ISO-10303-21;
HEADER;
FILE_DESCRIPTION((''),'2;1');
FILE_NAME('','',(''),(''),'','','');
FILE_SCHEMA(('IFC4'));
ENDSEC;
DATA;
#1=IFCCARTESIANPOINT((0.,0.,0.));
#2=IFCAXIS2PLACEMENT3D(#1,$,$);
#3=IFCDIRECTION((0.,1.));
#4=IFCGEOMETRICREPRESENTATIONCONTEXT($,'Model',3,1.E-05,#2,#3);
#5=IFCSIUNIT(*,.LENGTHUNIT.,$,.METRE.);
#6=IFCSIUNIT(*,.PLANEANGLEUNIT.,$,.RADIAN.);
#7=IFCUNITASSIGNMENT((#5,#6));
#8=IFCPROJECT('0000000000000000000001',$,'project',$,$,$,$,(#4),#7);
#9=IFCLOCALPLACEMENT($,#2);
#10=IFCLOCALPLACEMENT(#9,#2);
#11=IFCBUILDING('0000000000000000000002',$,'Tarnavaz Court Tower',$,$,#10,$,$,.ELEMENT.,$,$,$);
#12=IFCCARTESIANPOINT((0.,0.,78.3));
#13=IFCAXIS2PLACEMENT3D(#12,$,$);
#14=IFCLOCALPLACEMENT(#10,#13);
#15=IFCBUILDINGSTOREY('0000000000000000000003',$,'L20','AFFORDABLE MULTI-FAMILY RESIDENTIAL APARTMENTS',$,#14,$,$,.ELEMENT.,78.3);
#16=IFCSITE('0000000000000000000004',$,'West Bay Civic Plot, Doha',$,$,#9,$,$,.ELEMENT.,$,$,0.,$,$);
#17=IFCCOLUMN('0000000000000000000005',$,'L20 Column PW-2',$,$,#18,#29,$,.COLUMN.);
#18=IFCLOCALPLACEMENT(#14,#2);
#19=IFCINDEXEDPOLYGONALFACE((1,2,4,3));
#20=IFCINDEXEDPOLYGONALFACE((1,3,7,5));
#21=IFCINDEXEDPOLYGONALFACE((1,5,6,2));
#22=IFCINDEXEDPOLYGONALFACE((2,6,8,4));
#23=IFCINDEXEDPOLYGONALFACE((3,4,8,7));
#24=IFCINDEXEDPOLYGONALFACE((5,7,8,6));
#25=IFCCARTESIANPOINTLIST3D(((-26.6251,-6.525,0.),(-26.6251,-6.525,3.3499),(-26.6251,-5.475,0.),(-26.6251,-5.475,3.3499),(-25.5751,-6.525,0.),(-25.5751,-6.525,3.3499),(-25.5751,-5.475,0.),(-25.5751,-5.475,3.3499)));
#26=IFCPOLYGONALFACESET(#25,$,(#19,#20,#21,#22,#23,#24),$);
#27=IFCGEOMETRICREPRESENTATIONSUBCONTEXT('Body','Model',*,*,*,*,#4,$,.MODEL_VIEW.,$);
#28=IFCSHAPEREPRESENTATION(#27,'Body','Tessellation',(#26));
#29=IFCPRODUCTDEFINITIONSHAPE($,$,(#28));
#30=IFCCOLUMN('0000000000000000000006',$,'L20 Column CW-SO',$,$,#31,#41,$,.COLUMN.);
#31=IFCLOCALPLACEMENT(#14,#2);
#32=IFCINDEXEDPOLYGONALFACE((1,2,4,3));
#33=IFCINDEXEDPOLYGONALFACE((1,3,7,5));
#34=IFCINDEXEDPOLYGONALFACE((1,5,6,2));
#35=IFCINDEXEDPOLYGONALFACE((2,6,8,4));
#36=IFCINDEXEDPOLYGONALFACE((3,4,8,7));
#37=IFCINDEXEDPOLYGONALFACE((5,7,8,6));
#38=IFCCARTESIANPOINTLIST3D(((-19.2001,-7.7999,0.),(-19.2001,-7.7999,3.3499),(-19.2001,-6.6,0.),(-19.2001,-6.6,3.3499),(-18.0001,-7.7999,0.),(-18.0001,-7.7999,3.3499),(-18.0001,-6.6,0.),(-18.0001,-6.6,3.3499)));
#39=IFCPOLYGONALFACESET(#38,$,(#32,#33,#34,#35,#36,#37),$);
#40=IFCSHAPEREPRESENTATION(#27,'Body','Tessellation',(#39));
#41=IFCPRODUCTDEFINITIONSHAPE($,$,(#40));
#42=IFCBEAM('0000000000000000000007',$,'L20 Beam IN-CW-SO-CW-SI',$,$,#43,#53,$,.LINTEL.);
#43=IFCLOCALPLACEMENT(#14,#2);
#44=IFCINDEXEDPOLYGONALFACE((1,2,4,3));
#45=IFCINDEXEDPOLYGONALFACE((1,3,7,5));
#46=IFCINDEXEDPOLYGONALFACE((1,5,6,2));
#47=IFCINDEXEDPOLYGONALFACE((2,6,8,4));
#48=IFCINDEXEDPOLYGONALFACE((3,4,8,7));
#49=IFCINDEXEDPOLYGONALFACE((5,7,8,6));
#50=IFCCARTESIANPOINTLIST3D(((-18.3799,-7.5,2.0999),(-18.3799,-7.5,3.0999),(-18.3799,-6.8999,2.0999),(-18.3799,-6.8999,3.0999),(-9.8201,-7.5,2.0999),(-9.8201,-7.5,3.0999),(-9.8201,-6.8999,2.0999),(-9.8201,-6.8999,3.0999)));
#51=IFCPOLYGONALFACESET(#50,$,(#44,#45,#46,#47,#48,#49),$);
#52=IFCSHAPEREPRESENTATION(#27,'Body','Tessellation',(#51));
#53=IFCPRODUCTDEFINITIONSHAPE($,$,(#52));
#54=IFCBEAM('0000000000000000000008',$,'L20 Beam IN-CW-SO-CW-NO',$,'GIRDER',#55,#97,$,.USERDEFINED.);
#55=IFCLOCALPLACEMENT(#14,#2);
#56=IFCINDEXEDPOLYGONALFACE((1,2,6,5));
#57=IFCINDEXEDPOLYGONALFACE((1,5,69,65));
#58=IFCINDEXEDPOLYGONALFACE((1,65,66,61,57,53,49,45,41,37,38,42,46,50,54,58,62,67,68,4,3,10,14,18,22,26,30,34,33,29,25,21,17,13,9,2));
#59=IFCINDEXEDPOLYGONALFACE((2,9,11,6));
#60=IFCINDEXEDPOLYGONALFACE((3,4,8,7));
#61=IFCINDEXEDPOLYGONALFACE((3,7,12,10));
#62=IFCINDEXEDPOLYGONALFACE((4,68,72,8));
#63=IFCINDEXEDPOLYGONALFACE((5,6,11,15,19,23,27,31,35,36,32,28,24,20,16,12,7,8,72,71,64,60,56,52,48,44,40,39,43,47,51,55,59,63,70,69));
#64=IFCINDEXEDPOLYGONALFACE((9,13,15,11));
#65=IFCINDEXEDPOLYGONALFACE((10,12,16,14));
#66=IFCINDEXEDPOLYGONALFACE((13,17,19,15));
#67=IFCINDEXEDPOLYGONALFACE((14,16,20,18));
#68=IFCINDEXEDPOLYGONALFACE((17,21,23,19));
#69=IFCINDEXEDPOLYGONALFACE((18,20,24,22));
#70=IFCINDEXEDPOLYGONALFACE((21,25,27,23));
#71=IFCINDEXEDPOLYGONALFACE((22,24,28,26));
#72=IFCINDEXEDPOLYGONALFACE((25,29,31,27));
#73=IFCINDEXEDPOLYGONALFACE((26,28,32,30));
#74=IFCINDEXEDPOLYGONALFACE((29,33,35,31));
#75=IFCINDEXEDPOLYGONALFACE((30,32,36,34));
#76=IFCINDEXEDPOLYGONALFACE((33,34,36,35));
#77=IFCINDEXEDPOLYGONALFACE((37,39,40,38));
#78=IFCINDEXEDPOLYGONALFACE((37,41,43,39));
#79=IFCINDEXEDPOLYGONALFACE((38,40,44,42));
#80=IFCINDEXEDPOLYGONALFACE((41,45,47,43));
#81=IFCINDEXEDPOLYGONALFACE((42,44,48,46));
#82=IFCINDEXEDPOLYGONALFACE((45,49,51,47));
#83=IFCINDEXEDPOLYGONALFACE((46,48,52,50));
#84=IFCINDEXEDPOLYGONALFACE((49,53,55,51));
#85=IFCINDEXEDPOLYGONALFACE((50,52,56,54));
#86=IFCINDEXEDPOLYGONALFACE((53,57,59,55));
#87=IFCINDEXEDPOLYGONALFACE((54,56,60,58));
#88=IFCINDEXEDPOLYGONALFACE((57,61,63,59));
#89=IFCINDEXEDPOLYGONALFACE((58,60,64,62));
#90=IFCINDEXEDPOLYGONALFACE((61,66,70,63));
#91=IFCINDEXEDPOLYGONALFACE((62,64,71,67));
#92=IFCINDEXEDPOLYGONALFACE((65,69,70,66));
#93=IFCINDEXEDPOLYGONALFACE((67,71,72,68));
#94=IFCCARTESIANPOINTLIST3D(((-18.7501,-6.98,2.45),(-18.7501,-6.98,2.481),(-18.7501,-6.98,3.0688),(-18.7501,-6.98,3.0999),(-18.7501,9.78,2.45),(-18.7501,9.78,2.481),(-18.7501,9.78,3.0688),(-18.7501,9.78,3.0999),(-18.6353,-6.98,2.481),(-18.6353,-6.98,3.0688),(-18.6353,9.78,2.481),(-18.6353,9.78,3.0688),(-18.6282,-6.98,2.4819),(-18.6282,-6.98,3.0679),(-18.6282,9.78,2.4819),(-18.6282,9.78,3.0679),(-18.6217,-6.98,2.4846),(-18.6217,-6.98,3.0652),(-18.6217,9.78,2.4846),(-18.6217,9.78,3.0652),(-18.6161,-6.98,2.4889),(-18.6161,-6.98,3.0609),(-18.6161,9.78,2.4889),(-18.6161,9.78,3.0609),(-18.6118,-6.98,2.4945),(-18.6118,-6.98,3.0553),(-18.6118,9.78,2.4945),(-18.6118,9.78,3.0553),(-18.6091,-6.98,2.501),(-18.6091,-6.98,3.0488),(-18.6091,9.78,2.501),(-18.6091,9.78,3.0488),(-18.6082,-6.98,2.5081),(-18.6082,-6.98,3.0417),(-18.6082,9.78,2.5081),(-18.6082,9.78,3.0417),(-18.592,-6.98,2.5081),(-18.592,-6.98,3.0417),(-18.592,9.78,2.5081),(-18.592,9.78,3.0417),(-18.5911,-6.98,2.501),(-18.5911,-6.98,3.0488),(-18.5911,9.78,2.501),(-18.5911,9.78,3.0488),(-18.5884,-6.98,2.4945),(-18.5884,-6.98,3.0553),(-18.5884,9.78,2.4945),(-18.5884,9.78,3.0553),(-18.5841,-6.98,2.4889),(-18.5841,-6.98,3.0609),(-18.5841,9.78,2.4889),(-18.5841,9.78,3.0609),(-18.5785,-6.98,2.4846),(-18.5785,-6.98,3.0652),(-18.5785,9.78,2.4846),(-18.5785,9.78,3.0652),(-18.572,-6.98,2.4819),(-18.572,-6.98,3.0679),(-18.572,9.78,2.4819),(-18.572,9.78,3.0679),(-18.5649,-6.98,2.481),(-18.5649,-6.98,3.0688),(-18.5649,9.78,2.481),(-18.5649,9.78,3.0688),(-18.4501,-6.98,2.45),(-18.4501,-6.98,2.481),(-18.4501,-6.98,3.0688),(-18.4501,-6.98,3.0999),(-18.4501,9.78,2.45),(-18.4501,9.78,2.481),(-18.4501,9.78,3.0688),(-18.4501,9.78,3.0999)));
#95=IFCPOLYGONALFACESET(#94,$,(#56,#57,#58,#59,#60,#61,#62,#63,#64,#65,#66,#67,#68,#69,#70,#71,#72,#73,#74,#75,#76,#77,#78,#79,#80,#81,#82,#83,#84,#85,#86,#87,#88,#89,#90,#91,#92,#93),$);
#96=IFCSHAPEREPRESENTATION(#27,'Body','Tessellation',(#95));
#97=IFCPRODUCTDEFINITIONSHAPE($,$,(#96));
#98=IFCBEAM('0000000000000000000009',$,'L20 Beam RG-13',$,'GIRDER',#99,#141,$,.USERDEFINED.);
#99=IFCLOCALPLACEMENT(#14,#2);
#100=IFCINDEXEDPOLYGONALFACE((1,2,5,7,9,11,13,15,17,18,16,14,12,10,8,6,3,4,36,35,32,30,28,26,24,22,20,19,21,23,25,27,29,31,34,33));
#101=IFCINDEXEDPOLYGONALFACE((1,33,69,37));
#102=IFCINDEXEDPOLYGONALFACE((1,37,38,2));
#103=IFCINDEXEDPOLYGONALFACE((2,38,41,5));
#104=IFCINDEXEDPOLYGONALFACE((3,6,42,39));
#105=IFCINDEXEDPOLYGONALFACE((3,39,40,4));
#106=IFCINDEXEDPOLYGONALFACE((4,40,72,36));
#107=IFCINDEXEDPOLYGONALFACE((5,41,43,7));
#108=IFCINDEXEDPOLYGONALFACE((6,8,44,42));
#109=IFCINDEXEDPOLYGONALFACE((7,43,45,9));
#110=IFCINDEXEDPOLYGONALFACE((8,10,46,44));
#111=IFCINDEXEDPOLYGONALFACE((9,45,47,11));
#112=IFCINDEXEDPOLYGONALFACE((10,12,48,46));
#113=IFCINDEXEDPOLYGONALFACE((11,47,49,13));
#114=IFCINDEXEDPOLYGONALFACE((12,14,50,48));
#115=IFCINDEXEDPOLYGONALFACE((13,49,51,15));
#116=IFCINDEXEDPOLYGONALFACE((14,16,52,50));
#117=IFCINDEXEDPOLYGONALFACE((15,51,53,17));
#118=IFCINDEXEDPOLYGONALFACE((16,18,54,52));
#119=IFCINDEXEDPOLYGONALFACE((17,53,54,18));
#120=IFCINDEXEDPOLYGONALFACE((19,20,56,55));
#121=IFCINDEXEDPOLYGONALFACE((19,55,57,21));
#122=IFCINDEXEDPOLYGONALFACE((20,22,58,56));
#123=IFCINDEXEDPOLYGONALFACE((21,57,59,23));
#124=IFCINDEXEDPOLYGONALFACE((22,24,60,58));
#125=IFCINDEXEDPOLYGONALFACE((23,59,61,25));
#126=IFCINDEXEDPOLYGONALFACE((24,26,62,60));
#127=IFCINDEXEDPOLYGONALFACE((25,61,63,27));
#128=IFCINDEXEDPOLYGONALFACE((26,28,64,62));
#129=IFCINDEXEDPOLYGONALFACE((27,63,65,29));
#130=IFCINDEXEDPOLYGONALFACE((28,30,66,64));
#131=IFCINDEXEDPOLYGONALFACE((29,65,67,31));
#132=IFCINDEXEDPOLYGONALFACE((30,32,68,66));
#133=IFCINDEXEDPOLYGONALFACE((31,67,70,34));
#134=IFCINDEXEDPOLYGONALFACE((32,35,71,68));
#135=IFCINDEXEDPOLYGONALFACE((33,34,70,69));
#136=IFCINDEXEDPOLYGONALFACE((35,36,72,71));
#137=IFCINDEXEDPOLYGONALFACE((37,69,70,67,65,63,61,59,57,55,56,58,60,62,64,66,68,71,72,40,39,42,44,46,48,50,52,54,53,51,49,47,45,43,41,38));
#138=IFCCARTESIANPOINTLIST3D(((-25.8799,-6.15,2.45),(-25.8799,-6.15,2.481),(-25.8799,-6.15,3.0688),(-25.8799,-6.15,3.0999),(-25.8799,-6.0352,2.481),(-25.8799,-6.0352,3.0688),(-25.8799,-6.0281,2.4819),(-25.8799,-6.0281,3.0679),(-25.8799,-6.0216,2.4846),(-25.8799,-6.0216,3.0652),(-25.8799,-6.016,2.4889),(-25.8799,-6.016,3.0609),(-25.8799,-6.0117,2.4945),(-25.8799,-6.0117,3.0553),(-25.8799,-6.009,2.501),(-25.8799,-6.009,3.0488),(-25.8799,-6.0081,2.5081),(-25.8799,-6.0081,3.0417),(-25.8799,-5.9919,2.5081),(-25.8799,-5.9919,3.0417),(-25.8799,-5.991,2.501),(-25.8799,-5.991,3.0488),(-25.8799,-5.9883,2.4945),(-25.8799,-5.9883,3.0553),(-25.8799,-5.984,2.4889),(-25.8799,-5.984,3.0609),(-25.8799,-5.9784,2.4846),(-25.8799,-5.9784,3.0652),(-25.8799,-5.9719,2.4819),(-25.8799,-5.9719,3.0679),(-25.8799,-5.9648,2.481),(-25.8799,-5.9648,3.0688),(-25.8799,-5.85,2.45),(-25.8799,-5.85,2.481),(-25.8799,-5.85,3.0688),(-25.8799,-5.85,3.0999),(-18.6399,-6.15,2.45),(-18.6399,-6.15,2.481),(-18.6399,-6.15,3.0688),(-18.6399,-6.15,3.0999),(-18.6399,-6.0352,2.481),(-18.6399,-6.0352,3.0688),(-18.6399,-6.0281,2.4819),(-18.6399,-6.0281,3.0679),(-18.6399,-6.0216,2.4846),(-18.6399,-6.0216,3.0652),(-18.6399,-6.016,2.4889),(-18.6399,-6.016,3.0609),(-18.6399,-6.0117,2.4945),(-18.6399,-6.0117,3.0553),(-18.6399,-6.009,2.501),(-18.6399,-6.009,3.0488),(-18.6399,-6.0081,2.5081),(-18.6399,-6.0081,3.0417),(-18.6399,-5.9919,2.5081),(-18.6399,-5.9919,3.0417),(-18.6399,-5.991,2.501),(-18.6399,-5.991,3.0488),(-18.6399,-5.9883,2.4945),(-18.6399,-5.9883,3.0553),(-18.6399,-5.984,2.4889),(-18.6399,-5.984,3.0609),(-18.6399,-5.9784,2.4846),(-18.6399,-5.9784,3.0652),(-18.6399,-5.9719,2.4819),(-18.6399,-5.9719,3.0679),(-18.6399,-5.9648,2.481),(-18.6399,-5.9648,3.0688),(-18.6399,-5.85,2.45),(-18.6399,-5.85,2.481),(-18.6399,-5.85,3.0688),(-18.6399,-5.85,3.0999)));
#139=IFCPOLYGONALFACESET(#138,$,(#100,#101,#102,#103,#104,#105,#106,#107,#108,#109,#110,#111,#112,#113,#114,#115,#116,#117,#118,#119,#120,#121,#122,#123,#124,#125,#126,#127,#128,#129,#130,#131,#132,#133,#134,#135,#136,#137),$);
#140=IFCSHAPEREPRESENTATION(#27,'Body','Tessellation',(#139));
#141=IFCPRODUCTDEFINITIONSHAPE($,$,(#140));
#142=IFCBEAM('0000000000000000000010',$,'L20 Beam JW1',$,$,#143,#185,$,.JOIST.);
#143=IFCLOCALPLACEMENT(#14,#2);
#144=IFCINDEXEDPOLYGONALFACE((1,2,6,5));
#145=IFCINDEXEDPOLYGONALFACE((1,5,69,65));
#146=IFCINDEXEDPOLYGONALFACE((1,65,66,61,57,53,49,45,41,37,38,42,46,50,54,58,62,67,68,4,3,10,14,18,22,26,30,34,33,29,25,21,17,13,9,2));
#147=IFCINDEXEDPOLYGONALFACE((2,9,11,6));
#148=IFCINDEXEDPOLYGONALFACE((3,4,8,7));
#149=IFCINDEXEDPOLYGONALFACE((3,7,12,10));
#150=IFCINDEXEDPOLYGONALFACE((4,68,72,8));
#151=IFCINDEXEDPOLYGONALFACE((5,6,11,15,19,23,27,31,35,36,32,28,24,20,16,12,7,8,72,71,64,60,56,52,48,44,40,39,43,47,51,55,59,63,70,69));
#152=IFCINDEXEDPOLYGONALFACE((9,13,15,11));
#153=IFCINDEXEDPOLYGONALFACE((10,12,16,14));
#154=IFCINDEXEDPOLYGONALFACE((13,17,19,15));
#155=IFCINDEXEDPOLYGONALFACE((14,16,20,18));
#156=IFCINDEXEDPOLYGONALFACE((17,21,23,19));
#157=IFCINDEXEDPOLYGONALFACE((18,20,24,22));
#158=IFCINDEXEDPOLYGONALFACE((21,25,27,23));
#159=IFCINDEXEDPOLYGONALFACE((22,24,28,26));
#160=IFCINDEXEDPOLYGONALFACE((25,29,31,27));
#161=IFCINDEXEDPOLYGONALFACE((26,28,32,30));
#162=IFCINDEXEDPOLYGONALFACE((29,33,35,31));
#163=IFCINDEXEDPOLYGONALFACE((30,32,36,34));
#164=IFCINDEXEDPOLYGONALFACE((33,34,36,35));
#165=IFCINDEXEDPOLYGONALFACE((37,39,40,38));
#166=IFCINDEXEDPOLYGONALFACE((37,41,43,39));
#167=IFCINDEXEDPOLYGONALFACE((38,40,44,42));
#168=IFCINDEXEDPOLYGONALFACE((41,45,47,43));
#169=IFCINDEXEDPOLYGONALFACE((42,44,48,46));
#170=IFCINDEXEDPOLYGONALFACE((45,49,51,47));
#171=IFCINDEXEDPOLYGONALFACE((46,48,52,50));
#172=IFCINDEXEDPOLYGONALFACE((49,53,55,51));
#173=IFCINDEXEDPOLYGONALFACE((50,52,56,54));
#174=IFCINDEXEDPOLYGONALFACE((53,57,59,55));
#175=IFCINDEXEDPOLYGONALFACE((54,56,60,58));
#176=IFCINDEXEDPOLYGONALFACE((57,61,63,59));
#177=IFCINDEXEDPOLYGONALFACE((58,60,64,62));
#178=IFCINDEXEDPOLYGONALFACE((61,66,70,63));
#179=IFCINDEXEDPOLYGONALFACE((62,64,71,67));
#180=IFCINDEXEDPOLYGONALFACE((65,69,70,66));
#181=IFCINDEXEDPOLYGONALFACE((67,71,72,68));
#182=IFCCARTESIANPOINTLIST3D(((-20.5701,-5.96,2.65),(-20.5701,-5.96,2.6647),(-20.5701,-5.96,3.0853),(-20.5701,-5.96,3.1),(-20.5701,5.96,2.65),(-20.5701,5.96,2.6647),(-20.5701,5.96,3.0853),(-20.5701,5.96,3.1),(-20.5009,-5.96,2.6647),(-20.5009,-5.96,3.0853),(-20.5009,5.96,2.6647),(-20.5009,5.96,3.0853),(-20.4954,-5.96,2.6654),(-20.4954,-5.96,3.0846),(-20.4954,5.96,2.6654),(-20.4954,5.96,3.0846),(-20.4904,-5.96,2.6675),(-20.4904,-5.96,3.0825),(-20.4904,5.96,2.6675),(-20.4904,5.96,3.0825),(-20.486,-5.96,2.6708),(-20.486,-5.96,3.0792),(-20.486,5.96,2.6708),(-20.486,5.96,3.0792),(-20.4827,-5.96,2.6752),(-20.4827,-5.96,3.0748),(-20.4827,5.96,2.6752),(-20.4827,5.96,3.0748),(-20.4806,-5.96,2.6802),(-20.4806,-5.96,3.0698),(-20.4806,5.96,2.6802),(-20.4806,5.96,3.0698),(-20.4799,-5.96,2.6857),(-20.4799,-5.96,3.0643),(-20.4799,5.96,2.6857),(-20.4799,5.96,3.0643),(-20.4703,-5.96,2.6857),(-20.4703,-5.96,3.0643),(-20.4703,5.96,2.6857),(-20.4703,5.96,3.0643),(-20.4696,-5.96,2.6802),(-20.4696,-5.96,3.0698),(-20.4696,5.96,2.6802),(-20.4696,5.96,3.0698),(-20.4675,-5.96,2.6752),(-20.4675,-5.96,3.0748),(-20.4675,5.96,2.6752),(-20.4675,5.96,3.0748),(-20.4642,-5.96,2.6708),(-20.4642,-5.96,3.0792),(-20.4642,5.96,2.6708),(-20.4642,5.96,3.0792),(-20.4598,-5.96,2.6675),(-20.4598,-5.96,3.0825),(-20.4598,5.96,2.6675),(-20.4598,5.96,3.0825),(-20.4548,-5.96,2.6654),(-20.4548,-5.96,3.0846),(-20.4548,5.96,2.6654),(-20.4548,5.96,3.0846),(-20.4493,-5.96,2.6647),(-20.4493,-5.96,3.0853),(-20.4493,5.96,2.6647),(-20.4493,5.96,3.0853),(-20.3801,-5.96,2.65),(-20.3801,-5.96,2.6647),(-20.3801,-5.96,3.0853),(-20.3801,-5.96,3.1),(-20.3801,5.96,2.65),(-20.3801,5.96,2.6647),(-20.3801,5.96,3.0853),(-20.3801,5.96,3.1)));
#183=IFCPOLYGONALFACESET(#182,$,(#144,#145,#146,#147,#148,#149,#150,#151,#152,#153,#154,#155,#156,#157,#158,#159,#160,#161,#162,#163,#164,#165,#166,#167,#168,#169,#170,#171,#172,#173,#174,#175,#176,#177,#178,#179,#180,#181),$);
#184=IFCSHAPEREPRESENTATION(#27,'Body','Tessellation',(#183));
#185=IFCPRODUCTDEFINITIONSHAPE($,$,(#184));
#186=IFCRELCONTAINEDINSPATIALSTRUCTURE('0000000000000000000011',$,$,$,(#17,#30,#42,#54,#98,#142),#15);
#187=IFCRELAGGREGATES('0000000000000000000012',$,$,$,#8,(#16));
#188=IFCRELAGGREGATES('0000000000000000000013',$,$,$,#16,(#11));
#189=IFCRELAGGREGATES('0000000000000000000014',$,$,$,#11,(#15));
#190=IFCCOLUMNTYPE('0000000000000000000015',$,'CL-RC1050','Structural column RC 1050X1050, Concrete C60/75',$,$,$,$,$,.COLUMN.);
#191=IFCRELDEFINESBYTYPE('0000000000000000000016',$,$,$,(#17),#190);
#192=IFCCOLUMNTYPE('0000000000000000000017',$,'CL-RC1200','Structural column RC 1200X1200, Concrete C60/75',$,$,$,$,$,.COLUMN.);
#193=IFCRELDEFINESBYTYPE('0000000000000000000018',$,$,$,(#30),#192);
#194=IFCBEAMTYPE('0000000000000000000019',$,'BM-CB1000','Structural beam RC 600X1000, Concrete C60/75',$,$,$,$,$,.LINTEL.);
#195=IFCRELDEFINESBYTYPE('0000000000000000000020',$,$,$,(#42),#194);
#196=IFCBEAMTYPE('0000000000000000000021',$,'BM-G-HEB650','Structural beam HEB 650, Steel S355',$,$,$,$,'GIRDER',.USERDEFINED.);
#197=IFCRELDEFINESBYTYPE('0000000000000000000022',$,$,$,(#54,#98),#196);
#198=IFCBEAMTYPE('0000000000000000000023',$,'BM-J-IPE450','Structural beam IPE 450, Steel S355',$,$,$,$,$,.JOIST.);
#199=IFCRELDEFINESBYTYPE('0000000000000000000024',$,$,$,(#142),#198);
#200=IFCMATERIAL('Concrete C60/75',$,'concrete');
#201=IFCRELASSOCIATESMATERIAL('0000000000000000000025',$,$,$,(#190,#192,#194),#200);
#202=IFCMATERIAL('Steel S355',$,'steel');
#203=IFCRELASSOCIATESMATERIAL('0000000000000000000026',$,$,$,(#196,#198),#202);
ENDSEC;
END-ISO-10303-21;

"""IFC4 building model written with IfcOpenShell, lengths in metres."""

from ifc_helpers import new_model, si_unit, direction, frame, origin, origin_2d, place, context, subcontext, project, spatial, rectangle, i_section, extrude, material, material_profile, profile_set, type_object, element, save


model = new_model("IFC4")

# Units and contexts
model_context = context("Model", 3, precision=1e-05, world=origin(), true_north=direction((0.0, 1.0)))
body_context = subcontext(model_context, "Body", "Model", "MODEL_VIEW")
ifc_project = project(units=[si_unit("LENGTHUNIT", "METRE"), si_unit("PLANEANGLEUNIT", "RADIAN")], contexts=[model_context])

# Site, building, storey
site_placement = place(None, origin())
site = spatial("IfcSite", under=ifc_project, at=site_placement, Name="West Bay Civic Plot, Doha", CompositionType="ELEMENT", RefElevation=0.0)
building_placement = place(site_placement, origin())
building = spatial("IfcBuilding", under=site, at=building_placement, Name="Tarnavaz Court Tower", CompositionType="ELEMENT")
storey_placement = place(building_placement, frame((0.0, 0.0, 78.3)))
storey = spatial("IfcBuildingStorey", under=building, at=storey_placement, Name="L20", Description="AFFORDABLE MULTI-FAMILY RESIDENTIAL APARTMENTS", CompositionType="ELEMENT", Elevation=78.3)

# Columns
ifc_material_1 = material(Name="Concrete C60/75", Category="concrete")
ifc_material_profile_1 = material_profile(ifc_material_1, rectangle(XDim=1.05, YDim=1.05, at=origin_2d()), Name="RC 1050X1050")
ifc_profile_set_1 = profile_set([ifc_material_profile_1], Name="Concrete C60/75")
column_type_1 = type_object("IfcColumnType", Name="CL-RC1050", Description="Structural column RC 1050X1050, Concrete C60/75", PredefinedType="COLUMN", material=ifc_profile_set_1)
column_1_placement = place(storey_placement, frame((-26.1001, -6.0, 0.0), z_axis=(0.0, 0.0, 1.0), x_axis=(1.0, 0.0, 0.0)))
element("IfcColumn", 1, at=column_1_placement, inside=storey, type_object=column_type_1, Name="L20 Column PW-2", PredefinedType="COLUMN", context=body_context, shape_type="SweptSolid", body=[
    extrude(rectangle(XDim=1.05, YDim=1.05, at=origin_2d()), origin(), (0.0, 0.0, 1.0), 3.3499),
])
ifc_material_profile_2 = material_profile(ifc_material_1, rectangle(XDim=1.2, YDim=1.2, at=origin_2d()), Name="RC 1200X1200")
ifc_profile_set_2 = profile_set([ifc_material_profile_2], Name="Concrete C60/75")
column_type_2 = type_object("IfcColumnType", Name="CL-RC1200", Description="Structural column RC 1200X1200, Concrete C60/75", PredefinedType="COLUMN", material=ifc_profile_set_2)
column_2_placement = place(storey_placement, frame((-18.6001, -7.2, 0.0), z_axis=(0.0, 0.0, 1.0), x_axis=(1.0, 0.0, 0.0)))
element("IfcColumn", 2, at=column_2_placement, inside=storey, type_object=column_type_2, Name="L20 Column CW-SO", PredefinedType="COLUMN", context=body_context, shape_type="SweptSolid", body=[
    extrude(rectangle(XDim=1.2, YDim=1.2, at=origin_2d()), origin(), (0.0, 0.0, 1.0), 3.3499),
])

# Beams
ifc_material_profile_3 = material_profile(ifc_material_1, rectangle(XDim=0.6001, YDim=1.0, at=origin_2d()), Name="RC 600X1000")
ifc_profile_set_3 = profile_set([ifc_material_profile_3], Name="Concrete C60/75")
beam_type_1 = type_object("IfcBeamType", Name="BM-CB1000", Description="Structural beam RC 600X1000, Concrete C60/75", PredefinedType="LINTEL", material=ifc_profile_set_3)
beam_1_placement = place(storey_placement, frame((-18.3799, -7.2, 2.5999), z_axis=(1.0, 0.0, 0.0), x_axis=(0.0, 1.0, 0.0)))
element("IfcBeam", 3, at=beam_1_placement, inside=storey, type_object=beam_type_1, Name="L20 Beam IN-CW-SO-CW-SI", PredefinedType="LINTEL", context=body_context, shape_type="SweptSolid", body=[
    extrude(rectangle(XDim=0.6001, YDim=1.0, at=origin_2d()), origin(), (0.0, 0.0, 1.0), 8.5598),
])
ifc_material_2 = material(Name="Steel S355", Category="steel")
ifc_material_profile_4 = material_profile(ifc_material_2, i_section(OverallWidth=0.3, OverallDepth=0.6499, WebThickness=0.0161, FlangeThickness=0.031, FilletRadius=0.0271, at=origin_2d()), Name="HEB 650")
ifc_profile_set_4 = profile_set([ifc_material_profile_4], Name="Steel S355")
beam_type_2 = type_object("IfcBeamType", Name="BM-G-HEB650", Description="Structural beam HEB 650, Steel S355", ElementType="GIRDER", PredefinedType="USERDEFINED", material=ifc_profile_set_4)
beam_2_placement = place(storey_placement, frame((-18.6001, -6.98, 2.7749), z_axis=(0.0, 1.0, 0.0), x_axis=(-1.0, 0.0, 0.0)))
element("IfcBeam", 4, at=beam_2_placement, inside=storey, type_object=beam_type_2, Name="L20 Beam IN-CW-SO-CW-NO", ObjectType="GIRDER", PredefinedType="USERDEFINED", context=body_context, shape_type="SweptSolid", body=[
    extrude(i_section(OverallWidth=0.3, OverallDepth=0.6499, WebThickness=0.0161, FlangeThickness=0.031, FilletRadius=0.0271, at=origin_2d()), origin(), (0.0, 0.0, 1.0), 16.76),
])
beam_3_placement = place(storey_placement, frame((-18.6399, -6.0, 2.7749), z_axis=(-1.0, 0.0, 0.0), x_axis=(0.0, -1.0, 0.0)))
element("IfcBeam", 5, at=beam_3_placement, inside=storey, type_object=beam_type_2, Name="L20 Beam RG-13", ObjectType="GIRDER", PredefinedType="USERDEFINED", context=body_context, shape_type="SweptSolid", body=[
    extrude(i_section(OverallWidth=0.3, OverallDepth=0.6499, WebThickness=0.0161, FlangeThickness=0.031, FilletRadius=0.0271, at=origin_2d()), origin(), (0.0, 0.0, 1.0), 7.24),
])
ifc_material_profile_5 = material_profile(ifc_material_2, i_section(OverallWidth=0.1899, OverallDepth=0.45, WebThickness=0.0095, FlangeThickness=0.0146, FilletRadius=0.021, at=origin_2d()), Name="IPE 450")
ifc_profile_set_5 = profile_set([ifc_material_profile_5], Name="Steel S355")
beam_type_3 = type_object("IfcBeamType", Name="BM-J-IPE450", Description="Structural beam IPE 450, Steel S355", PredefinedType="JOIST", material=ifc_profile_set_5)
for number, where, z_axis, x_axis, name in (
    (6, (-20.4751, -5.96, 2.875), (0.0, 1.0, 0.0), (-1.0, 0.0, 0.0), "L20 Beam JW1"),
):
    element("IfcBeam", number, at=place(storey_placement, frame(where, z_axis=z_axis, x_axis=x_axis)), inside=storey, type_object=beam_type_3, Name=name, PredefinedType="JOIST", context=body_context, shape_type="SweptSolid", body=[
        extrude(i_section(OverallWidth=0.1899, OverallDepth=0.45, WebThickness=0.0095, FlangeThickness=0.0146, FilletRadius=0.021, at=origin_2d()), origin(), (0.0, 0.0, 1.0), 11.9199),
    ])

save(model, "model.ifc")
